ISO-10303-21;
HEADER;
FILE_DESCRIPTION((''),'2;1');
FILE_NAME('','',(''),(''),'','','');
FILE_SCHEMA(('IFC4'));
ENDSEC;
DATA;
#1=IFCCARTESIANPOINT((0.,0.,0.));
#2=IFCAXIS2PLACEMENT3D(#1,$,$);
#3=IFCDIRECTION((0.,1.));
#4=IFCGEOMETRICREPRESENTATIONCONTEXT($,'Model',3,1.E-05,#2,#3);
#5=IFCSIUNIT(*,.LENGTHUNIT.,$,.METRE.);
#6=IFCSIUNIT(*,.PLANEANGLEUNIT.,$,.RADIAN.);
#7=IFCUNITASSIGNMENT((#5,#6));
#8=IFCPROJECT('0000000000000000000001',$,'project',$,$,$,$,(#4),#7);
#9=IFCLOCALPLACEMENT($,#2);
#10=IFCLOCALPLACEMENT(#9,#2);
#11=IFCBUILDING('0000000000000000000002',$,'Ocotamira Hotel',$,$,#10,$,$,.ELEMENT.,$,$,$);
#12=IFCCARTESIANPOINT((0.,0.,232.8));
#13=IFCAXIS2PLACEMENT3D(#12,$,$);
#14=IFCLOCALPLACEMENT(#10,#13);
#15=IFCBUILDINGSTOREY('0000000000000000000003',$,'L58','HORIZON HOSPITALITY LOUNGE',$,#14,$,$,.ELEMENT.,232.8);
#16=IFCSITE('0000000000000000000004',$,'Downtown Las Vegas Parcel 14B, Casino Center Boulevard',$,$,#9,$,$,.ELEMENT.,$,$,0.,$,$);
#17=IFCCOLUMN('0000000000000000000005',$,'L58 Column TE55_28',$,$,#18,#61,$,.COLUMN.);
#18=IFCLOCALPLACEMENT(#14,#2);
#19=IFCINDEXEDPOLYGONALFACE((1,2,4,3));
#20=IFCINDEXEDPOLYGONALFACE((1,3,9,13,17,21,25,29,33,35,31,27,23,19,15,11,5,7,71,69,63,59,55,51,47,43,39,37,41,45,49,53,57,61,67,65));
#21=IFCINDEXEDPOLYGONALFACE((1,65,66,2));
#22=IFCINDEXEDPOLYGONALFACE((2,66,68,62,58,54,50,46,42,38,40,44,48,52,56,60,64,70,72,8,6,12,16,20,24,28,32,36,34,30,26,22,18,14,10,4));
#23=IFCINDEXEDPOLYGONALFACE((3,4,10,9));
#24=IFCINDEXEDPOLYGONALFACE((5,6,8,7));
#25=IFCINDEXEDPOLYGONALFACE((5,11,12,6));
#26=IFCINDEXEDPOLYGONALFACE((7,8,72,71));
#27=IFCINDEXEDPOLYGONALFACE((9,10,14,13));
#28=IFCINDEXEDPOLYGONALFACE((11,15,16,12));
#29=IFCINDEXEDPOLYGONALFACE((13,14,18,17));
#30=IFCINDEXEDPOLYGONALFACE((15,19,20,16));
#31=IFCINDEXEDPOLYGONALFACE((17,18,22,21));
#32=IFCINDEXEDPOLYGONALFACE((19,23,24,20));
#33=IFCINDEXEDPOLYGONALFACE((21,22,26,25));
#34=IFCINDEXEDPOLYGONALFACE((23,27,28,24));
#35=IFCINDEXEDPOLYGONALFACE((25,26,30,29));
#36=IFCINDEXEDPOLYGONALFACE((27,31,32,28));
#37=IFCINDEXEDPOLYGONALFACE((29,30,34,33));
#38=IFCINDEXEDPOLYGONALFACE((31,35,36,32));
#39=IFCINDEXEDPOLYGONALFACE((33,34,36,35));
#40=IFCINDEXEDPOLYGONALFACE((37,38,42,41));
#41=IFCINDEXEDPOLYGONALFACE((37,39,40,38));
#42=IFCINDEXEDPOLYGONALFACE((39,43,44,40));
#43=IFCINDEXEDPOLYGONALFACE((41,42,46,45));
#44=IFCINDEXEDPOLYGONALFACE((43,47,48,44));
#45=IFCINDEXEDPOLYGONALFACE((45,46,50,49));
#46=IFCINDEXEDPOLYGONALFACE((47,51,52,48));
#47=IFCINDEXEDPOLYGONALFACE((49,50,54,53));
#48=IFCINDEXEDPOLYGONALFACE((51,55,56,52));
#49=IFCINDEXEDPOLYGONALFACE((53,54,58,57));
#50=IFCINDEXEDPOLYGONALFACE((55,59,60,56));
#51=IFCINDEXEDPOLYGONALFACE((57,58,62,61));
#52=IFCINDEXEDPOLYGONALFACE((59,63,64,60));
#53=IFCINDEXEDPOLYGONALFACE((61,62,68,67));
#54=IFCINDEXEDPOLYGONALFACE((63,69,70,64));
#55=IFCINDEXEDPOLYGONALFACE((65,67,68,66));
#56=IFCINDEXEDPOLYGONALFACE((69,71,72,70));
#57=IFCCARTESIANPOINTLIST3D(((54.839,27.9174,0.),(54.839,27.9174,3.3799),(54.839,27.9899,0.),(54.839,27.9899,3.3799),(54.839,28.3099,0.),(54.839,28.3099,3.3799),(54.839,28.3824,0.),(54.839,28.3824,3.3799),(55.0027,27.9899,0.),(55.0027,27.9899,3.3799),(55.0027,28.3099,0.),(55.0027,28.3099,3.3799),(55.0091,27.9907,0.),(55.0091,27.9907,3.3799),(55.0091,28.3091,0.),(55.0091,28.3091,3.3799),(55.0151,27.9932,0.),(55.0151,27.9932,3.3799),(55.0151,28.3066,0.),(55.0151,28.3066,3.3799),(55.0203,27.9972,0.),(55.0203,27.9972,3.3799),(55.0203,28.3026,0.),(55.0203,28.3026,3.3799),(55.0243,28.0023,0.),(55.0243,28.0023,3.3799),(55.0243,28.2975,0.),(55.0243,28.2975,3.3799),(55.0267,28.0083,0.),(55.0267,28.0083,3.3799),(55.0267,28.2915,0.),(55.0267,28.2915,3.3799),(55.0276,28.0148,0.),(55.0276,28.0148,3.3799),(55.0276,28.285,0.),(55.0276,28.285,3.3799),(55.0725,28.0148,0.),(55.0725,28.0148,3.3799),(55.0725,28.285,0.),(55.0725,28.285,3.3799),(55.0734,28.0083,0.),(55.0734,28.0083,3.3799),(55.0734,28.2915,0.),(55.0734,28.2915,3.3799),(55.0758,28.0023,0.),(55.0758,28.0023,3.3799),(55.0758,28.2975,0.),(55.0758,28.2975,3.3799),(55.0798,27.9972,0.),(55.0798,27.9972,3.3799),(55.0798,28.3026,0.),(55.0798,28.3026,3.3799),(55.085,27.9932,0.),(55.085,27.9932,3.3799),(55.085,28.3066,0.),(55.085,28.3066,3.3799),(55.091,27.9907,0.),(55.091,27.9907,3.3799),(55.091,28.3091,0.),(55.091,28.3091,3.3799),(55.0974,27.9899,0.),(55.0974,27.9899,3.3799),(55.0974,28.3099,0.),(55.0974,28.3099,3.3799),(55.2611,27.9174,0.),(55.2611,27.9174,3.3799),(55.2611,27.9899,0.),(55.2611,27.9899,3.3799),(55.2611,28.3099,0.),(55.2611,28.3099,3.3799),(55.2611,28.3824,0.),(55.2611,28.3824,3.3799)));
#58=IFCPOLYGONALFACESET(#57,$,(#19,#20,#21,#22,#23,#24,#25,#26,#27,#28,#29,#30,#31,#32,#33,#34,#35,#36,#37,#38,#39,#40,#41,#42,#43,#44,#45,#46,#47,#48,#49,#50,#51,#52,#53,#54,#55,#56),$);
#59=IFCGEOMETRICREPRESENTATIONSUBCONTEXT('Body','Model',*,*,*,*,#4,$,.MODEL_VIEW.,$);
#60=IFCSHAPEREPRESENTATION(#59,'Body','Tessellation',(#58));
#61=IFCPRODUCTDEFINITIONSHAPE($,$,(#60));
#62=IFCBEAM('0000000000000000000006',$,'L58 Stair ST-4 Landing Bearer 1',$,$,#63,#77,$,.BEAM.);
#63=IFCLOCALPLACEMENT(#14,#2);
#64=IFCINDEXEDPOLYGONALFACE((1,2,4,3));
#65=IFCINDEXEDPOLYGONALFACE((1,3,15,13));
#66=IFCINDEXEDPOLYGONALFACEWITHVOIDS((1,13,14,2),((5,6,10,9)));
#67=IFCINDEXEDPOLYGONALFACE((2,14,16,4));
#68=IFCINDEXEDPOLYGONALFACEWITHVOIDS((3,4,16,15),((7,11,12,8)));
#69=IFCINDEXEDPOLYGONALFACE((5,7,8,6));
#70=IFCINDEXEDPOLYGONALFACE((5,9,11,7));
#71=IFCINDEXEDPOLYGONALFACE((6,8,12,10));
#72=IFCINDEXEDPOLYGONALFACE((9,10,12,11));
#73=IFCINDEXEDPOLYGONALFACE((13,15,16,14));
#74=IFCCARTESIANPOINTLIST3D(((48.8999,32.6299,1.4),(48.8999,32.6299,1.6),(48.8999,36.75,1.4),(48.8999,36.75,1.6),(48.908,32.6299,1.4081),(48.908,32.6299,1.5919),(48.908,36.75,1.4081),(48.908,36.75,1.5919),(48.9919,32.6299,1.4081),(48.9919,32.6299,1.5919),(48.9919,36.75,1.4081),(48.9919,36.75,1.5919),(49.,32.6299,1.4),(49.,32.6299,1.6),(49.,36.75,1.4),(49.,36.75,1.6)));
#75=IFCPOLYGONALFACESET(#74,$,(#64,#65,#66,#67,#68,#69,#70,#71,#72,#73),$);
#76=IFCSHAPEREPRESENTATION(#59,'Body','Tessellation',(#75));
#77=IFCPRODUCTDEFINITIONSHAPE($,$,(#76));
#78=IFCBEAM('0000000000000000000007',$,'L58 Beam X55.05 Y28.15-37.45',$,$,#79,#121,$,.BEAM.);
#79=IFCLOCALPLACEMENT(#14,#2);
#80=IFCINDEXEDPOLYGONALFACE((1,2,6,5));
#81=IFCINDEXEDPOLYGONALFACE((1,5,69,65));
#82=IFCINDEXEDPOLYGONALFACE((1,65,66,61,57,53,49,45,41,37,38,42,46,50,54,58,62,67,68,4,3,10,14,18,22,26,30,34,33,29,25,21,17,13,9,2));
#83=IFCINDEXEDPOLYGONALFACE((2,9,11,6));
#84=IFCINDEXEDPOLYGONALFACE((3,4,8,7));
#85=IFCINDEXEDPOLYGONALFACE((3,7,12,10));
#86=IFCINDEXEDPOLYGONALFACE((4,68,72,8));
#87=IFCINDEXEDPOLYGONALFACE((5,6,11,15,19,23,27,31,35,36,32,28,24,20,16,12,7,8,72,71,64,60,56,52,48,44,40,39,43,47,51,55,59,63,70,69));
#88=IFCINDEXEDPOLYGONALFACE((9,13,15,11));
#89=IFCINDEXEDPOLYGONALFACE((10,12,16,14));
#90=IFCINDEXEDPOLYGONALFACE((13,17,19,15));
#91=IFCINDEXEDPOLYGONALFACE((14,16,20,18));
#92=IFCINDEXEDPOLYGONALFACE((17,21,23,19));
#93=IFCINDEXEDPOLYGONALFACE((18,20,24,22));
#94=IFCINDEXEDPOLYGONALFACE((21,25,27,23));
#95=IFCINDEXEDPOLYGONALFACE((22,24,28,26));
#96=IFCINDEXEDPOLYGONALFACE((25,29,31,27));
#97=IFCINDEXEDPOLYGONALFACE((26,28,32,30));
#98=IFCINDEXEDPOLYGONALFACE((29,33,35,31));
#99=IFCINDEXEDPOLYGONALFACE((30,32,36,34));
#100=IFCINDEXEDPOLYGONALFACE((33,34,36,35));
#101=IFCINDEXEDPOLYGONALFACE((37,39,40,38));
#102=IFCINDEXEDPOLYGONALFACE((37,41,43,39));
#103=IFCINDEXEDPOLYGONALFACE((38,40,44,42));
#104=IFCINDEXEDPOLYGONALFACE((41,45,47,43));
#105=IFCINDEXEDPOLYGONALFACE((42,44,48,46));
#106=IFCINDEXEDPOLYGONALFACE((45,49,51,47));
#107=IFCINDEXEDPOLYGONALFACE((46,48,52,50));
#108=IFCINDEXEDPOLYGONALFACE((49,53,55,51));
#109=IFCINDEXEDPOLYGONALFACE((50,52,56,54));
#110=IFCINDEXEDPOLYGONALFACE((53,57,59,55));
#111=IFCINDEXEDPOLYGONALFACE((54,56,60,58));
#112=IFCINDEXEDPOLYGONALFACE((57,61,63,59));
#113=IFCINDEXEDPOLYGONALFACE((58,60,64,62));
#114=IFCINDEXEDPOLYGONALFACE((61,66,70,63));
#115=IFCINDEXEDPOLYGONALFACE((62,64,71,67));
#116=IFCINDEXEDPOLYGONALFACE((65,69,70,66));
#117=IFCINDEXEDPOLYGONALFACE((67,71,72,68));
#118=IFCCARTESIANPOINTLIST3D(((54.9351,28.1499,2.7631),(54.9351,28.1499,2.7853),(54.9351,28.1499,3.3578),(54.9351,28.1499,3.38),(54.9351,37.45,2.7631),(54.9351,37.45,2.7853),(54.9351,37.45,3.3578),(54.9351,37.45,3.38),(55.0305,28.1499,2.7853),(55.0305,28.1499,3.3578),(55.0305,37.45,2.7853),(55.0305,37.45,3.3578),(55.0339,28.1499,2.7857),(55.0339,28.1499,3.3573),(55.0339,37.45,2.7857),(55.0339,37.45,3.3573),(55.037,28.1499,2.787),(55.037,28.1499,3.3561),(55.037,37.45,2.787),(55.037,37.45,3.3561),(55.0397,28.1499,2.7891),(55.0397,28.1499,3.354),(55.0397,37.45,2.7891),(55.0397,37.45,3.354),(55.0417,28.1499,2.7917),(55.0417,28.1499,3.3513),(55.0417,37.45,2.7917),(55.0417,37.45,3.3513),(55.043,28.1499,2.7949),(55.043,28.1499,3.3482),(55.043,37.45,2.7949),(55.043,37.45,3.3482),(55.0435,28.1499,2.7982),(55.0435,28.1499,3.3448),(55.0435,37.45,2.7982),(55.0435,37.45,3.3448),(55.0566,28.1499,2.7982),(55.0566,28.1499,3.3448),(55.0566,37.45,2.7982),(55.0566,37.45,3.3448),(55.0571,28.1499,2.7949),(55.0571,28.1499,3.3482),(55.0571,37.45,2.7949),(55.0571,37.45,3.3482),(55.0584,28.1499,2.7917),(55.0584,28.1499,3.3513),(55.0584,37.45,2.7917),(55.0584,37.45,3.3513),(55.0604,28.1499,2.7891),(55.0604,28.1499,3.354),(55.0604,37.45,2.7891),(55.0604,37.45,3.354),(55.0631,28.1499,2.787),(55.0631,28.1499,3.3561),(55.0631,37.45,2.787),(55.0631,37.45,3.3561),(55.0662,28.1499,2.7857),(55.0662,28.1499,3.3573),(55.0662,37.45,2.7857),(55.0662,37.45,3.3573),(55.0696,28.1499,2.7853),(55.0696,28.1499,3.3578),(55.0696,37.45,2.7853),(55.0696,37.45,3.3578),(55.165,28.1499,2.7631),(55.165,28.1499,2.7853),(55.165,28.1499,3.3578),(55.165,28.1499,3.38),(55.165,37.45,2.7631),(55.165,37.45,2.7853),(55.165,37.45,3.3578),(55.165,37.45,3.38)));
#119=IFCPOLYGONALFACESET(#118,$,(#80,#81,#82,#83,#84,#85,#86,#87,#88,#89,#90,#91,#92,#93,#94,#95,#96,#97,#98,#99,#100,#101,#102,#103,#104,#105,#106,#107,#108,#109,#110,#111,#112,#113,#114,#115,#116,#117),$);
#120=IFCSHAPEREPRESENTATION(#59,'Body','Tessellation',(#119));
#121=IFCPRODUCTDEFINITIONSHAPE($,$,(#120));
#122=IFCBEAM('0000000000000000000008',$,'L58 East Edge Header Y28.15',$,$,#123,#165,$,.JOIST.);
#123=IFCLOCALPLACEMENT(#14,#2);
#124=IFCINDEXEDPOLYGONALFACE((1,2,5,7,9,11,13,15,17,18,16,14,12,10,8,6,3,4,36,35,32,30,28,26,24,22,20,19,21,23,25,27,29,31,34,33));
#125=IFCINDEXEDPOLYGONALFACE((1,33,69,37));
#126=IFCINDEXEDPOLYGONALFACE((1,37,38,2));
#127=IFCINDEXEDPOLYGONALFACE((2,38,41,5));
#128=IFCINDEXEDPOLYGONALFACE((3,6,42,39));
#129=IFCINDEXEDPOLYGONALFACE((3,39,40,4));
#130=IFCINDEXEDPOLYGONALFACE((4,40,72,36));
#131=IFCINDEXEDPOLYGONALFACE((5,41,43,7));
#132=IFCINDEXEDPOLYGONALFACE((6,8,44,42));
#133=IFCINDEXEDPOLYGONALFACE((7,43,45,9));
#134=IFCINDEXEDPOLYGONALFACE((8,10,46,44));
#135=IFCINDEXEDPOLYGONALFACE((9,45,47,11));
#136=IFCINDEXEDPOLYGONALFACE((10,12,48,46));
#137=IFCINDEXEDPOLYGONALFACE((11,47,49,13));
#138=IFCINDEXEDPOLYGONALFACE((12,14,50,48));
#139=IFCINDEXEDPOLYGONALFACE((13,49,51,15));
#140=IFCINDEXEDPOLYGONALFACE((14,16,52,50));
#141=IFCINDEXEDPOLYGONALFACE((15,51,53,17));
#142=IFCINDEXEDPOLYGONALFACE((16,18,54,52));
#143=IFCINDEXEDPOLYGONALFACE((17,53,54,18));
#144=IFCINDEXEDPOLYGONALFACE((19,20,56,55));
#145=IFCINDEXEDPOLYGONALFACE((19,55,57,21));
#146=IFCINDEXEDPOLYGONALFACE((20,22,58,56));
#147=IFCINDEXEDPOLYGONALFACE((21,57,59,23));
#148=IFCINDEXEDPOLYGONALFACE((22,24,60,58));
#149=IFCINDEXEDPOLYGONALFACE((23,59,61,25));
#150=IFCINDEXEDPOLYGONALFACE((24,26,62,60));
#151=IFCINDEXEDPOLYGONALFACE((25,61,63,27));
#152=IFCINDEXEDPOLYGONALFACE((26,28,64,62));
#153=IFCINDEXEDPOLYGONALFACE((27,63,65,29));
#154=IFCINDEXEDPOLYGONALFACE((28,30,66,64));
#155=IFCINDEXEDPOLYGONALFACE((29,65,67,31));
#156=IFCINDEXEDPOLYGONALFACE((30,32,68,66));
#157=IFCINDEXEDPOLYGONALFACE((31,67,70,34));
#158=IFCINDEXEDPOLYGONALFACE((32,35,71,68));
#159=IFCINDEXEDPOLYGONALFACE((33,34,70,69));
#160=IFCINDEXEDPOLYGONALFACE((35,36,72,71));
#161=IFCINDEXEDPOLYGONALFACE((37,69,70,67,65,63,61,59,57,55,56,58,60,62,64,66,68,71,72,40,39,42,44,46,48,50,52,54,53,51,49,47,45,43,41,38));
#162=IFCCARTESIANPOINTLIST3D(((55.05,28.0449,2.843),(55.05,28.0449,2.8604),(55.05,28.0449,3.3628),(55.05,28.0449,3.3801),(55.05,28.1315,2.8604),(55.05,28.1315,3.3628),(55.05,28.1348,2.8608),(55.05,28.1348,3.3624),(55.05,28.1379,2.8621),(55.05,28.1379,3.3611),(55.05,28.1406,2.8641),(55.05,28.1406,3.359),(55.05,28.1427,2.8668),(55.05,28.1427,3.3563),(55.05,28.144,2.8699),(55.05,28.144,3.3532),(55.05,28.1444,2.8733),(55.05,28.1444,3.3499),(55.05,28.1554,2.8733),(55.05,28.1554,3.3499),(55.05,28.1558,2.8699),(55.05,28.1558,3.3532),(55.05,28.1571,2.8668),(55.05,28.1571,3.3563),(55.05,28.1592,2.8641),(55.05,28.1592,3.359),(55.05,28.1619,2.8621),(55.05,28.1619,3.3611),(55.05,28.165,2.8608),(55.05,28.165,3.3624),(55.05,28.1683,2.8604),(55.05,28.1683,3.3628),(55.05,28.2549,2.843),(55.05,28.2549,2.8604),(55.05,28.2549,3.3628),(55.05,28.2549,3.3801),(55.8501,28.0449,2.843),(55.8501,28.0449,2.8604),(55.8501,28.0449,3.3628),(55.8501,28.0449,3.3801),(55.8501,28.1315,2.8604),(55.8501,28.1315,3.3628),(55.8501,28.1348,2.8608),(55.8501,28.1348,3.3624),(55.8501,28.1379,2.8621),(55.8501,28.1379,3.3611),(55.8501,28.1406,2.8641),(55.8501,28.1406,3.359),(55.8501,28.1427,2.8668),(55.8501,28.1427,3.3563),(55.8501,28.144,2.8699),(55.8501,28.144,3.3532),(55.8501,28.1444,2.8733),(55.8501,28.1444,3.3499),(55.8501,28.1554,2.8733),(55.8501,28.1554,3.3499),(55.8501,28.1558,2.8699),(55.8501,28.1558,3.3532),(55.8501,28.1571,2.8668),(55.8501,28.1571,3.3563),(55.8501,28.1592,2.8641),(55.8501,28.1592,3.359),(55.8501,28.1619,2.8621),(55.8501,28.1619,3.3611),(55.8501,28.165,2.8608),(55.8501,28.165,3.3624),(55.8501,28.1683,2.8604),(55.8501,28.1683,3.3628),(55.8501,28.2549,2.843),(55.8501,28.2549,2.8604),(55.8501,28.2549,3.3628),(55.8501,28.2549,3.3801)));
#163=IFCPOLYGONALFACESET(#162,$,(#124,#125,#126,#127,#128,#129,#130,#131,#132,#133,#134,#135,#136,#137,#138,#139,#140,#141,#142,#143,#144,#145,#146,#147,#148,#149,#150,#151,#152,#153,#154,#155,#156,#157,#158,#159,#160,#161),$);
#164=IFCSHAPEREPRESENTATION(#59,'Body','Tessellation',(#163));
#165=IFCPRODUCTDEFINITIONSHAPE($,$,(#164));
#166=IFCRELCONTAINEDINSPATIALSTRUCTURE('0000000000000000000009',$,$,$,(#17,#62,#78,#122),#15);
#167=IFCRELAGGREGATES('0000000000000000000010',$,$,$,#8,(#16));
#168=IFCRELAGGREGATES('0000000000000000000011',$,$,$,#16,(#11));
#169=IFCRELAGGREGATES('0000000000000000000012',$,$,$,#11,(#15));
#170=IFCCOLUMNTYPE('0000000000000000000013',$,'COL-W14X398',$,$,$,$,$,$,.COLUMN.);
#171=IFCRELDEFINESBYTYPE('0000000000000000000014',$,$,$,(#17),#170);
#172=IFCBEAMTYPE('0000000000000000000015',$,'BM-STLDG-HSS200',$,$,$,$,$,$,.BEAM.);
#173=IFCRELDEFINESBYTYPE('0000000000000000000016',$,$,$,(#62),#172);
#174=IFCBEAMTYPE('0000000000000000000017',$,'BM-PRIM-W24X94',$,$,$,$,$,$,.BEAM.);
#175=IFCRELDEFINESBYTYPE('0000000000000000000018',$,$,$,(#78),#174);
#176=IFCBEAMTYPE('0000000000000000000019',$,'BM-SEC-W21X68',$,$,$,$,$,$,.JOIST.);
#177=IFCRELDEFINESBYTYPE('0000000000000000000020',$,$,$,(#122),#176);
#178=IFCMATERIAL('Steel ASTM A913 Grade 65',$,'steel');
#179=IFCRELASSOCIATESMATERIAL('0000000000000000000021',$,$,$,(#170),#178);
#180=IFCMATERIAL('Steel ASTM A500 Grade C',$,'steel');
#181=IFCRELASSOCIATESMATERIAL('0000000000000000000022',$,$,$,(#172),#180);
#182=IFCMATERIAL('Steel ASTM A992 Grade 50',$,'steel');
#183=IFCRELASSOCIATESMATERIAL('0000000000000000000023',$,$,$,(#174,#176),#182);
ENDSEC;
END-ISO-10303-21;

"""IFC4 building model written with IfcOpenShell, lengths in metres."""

from ifc_helpers import new_model, si_unit, direction, frame, origin, origin_2d, place, context, subcontext, project, spatial, hollow_rectangle, i_section, extrude, source, transform, mapped, material, material_profile, profile_set, type_object, element, save


model = new_model("IFC4")

# Units and contexts
model_context = context("Model", 3, precision=1e-05, world=origin(), true_north=direction((0.0, 1.0)))
body_context = subcontext(model_context, "Body", "Model", "MODEL_VIEW")
ifc_project = project(units=[si_unit("LENGTHUNIT", "METRE"), si_unit("PLANEANGLEUNIT", "RADIAN")], contexts=[model_context])

# Site, building, storey
site_placement = place(None, origin())
site = spatial("IfcSite", under=ifc_project, at=site_placement, Name="Downtown Las Vegas Parcel 14B, Casino Center Boulevard", CompositionType="ELEMENT", RefElevation=0.0)
building_placement = place(site_placement, origin())
building = spatial("IfcBuilding", under=site, at=building_placement, Name="Ocotamira Hotel", CompositionType="ELEMENT")
storey_placement = place(building_placement, frame((0.0, 0.0, 232.8)))
storey = spatial("IfcBuildingStorey", under=building, at=storey_placement, Name="L58", Description="HORIZON HOSPITALITY LOUNGE", CompositionType="ELEMENT", Elevation=232.8)

# Column
ifc_material_1 = material(Name="Steel ASTM A913 Grade 65", Category="steel")
ifc_material_profile_1 = material_profile(ifc_material_1, i_section(OverallWidth=0.4221, OverallDepth=0.4651, WebThickness=0.0449, FlangeThickness=0.0725, FilletRadius=0.0249, at=origin_2d()), Name="W14X398")
ifc_profile_set_1 = profile_set([ifc_material_profile_1], Name="Steel ASTM A913 Grade 65")
column_type = type_object("IfcColumnType", Name="COL-W14X398", PredefinedType="COLUMN", material=ifc_profile_set_1)
shared_shape_1 = source(origin(), body_context, "Body", "SweptSolid", [
    extrude(i_section(OverallWidth=0.4221, OverallDepth=0.4651, WebThickness=0.0449, FlangeThickness=0.0725, FilletRadius=0.0249, at=origin_2d()), origin(), (0.0, 0.0, 1.0), 3.3799),
])
column_placement = place(storey_placement, frame((55.05, 28.1499, 0.0), z_axis=(0.0, 0.0, 1.0), x_axis=(1.0, 0.0, 0.0)))
element("IfcColumn", 1, at=column_placement, inside=storey, type_object=column_type, Name="L58 Column TE55_28", PredefinedType="COLUMN", context=body_context, shape_type="MappedRepresentation", body=[
    mapped(shared_shape_1, transform((0.0, 0.0, 0.0), scale=1.0)),
])

# Beams
ifc_material_2 = material(Name="Steel ASTM A500 Grade C", Category="steel")
ifc_material_profile_2 = material_profile(ifc_material_2, hollow_rectangle(XDim=0.1001, YDim=0.2, WallThickness=0.0081, at=origin_2d()), Name="HSS200X100X8")
ifc_profile_set_2 = profile_set([ifc_material_profile_2], Name="Steel ASTM A500 Grade C")
beam_type_1 = type_object("IfcBeamType", Name="BM-STLDG-HSS200", PredefinedType="BEAM", material=ifc_profile_set_2)
shared_shape_2 = source(origin(), body_context, "Body", "SweptSolid", [
    extrude(hollow_rectangle(XDim=0.1001, YDim=0.2, WallThickness=0.0081, at=origin_2d()), origin(), (0.0, 0.0, 1.0), 4.1201),
])
beam_1_placement = place(storey_placement, frame((48.95, 32.6299, 1.5), z_axis=(0.0, 1.0, 0.0), x_axis=(-1.0, 0.0, 0.0)))
element("IfcBeam", 2, at=beam_1_placement, inside=storey, type_object=beam_type_1, Name="L58 Stair ST-4 Landing Bearer 1", PredefinedType="BEAM", context=body_context, shape_type="MappedRepresentation", body=[
    mapped(shared_shape_2, transform((0.0, 0.0, 0.0), scale=1.0)),
])
ifc_material_3 = material(Name="Steel ASTM A992 Grade 50", Category="steel")
ifc_material_profile_3 = material_profile(ifc_material_3, i_section(OverallWidth=0.23, OverallDepth=0.6169, WebThickness=0.0132, FlangeThickness=0.0222, FilletRadius=0.0129, at=origin_2d()), Name="W24X94")
ifc_profile_set_3 = profile_set([ifc_material_profile_3], Name="Steel ASTM A992 Grade 50")
beam_type_2 = type_object("IfcBeamType", Name="BM-PRIM-W24X94", PredefinedType="BEAM", material=ifc_profile_set_3)
shared_shape_3 = source(origin(), body_context, "Body", "SweptSolid", [
    extrude(i_section(OverallWidth=0.23, OverallDepth=0.6169, WebThickness=0.0132, FlangeThickness=0.0222, FilletRadius=0.0129, at=origin_2d()), origin(), (0.0, 0.0, 1.0), 9.3),
])
beam_2_placement = place(storey_placement, frame((55.05, 28.1499, 3.0715), z_axis=(0.0, 1.0, 0.0), x_axis=(-1.0, 0.0, 0.0)))
element("IfcBeam", 3, at=beam_2_placement, inside=storey, type_object=beam_type_2, Name="L58 Beam X55.05 Y28.15-37.45", PredefinedType="BEAM", context=body_context, shape_type="MappedRepresentation", body=[
    mapped(shared_shape_3, transform((0.0, 0.0, 0.0), scale=1.0)),
])
ifc_material_profile_4 = material_profile(ifc_material_3, i_section(OverallWidth=0.21, OverallDepth=0.5371, WebThickness=0.011, FlangeThickness=0.0173, FilletRadius=0.0129, at=origin_2d()), Name="W21X68")
ifc_profile_set_4 = profile_set([ifc_material_profile_4], Name="Steel ASTM A992 Grade 50")
beam_type_3 = type_object("IfcBeamType", Name="BM-SEC-W21X68", PredefinedType="JOIST", material=ifc_profile_set_4)
shared_shape_4 = source(origin(), body_context, "Body", "SweptSolid", [
    extrude(i_section(OverallWidth=0.21, OverallDepth=0.5371, WebThickness=0.011, FlangeThickness=0.0173, FilletRadius=0.0129, at=origin_2d()), origin(), (0.0, 0.0, 1.0), 0.8),
])
beam_3_placement = place(storey_placement, frame((55.05, 28.1499, 3.1116), z_axis=(1.0, 0.0, 0.0), x_axis=(0.0, 1.0, 0.0)))
element("IfcBeam", 4, at=beam_3_placement, inside=storey, type_object=beam_type_3, Name="L58 East Edge Header Y28.15", PredefinedType="JOIST", context=body_context, shape_type="MappedRepresentation", body=[
    mapped(shared_shape_4, transform((0.0, 0.0, 0.0), scale=1.0)),
])

save(model, "model.ifc")
